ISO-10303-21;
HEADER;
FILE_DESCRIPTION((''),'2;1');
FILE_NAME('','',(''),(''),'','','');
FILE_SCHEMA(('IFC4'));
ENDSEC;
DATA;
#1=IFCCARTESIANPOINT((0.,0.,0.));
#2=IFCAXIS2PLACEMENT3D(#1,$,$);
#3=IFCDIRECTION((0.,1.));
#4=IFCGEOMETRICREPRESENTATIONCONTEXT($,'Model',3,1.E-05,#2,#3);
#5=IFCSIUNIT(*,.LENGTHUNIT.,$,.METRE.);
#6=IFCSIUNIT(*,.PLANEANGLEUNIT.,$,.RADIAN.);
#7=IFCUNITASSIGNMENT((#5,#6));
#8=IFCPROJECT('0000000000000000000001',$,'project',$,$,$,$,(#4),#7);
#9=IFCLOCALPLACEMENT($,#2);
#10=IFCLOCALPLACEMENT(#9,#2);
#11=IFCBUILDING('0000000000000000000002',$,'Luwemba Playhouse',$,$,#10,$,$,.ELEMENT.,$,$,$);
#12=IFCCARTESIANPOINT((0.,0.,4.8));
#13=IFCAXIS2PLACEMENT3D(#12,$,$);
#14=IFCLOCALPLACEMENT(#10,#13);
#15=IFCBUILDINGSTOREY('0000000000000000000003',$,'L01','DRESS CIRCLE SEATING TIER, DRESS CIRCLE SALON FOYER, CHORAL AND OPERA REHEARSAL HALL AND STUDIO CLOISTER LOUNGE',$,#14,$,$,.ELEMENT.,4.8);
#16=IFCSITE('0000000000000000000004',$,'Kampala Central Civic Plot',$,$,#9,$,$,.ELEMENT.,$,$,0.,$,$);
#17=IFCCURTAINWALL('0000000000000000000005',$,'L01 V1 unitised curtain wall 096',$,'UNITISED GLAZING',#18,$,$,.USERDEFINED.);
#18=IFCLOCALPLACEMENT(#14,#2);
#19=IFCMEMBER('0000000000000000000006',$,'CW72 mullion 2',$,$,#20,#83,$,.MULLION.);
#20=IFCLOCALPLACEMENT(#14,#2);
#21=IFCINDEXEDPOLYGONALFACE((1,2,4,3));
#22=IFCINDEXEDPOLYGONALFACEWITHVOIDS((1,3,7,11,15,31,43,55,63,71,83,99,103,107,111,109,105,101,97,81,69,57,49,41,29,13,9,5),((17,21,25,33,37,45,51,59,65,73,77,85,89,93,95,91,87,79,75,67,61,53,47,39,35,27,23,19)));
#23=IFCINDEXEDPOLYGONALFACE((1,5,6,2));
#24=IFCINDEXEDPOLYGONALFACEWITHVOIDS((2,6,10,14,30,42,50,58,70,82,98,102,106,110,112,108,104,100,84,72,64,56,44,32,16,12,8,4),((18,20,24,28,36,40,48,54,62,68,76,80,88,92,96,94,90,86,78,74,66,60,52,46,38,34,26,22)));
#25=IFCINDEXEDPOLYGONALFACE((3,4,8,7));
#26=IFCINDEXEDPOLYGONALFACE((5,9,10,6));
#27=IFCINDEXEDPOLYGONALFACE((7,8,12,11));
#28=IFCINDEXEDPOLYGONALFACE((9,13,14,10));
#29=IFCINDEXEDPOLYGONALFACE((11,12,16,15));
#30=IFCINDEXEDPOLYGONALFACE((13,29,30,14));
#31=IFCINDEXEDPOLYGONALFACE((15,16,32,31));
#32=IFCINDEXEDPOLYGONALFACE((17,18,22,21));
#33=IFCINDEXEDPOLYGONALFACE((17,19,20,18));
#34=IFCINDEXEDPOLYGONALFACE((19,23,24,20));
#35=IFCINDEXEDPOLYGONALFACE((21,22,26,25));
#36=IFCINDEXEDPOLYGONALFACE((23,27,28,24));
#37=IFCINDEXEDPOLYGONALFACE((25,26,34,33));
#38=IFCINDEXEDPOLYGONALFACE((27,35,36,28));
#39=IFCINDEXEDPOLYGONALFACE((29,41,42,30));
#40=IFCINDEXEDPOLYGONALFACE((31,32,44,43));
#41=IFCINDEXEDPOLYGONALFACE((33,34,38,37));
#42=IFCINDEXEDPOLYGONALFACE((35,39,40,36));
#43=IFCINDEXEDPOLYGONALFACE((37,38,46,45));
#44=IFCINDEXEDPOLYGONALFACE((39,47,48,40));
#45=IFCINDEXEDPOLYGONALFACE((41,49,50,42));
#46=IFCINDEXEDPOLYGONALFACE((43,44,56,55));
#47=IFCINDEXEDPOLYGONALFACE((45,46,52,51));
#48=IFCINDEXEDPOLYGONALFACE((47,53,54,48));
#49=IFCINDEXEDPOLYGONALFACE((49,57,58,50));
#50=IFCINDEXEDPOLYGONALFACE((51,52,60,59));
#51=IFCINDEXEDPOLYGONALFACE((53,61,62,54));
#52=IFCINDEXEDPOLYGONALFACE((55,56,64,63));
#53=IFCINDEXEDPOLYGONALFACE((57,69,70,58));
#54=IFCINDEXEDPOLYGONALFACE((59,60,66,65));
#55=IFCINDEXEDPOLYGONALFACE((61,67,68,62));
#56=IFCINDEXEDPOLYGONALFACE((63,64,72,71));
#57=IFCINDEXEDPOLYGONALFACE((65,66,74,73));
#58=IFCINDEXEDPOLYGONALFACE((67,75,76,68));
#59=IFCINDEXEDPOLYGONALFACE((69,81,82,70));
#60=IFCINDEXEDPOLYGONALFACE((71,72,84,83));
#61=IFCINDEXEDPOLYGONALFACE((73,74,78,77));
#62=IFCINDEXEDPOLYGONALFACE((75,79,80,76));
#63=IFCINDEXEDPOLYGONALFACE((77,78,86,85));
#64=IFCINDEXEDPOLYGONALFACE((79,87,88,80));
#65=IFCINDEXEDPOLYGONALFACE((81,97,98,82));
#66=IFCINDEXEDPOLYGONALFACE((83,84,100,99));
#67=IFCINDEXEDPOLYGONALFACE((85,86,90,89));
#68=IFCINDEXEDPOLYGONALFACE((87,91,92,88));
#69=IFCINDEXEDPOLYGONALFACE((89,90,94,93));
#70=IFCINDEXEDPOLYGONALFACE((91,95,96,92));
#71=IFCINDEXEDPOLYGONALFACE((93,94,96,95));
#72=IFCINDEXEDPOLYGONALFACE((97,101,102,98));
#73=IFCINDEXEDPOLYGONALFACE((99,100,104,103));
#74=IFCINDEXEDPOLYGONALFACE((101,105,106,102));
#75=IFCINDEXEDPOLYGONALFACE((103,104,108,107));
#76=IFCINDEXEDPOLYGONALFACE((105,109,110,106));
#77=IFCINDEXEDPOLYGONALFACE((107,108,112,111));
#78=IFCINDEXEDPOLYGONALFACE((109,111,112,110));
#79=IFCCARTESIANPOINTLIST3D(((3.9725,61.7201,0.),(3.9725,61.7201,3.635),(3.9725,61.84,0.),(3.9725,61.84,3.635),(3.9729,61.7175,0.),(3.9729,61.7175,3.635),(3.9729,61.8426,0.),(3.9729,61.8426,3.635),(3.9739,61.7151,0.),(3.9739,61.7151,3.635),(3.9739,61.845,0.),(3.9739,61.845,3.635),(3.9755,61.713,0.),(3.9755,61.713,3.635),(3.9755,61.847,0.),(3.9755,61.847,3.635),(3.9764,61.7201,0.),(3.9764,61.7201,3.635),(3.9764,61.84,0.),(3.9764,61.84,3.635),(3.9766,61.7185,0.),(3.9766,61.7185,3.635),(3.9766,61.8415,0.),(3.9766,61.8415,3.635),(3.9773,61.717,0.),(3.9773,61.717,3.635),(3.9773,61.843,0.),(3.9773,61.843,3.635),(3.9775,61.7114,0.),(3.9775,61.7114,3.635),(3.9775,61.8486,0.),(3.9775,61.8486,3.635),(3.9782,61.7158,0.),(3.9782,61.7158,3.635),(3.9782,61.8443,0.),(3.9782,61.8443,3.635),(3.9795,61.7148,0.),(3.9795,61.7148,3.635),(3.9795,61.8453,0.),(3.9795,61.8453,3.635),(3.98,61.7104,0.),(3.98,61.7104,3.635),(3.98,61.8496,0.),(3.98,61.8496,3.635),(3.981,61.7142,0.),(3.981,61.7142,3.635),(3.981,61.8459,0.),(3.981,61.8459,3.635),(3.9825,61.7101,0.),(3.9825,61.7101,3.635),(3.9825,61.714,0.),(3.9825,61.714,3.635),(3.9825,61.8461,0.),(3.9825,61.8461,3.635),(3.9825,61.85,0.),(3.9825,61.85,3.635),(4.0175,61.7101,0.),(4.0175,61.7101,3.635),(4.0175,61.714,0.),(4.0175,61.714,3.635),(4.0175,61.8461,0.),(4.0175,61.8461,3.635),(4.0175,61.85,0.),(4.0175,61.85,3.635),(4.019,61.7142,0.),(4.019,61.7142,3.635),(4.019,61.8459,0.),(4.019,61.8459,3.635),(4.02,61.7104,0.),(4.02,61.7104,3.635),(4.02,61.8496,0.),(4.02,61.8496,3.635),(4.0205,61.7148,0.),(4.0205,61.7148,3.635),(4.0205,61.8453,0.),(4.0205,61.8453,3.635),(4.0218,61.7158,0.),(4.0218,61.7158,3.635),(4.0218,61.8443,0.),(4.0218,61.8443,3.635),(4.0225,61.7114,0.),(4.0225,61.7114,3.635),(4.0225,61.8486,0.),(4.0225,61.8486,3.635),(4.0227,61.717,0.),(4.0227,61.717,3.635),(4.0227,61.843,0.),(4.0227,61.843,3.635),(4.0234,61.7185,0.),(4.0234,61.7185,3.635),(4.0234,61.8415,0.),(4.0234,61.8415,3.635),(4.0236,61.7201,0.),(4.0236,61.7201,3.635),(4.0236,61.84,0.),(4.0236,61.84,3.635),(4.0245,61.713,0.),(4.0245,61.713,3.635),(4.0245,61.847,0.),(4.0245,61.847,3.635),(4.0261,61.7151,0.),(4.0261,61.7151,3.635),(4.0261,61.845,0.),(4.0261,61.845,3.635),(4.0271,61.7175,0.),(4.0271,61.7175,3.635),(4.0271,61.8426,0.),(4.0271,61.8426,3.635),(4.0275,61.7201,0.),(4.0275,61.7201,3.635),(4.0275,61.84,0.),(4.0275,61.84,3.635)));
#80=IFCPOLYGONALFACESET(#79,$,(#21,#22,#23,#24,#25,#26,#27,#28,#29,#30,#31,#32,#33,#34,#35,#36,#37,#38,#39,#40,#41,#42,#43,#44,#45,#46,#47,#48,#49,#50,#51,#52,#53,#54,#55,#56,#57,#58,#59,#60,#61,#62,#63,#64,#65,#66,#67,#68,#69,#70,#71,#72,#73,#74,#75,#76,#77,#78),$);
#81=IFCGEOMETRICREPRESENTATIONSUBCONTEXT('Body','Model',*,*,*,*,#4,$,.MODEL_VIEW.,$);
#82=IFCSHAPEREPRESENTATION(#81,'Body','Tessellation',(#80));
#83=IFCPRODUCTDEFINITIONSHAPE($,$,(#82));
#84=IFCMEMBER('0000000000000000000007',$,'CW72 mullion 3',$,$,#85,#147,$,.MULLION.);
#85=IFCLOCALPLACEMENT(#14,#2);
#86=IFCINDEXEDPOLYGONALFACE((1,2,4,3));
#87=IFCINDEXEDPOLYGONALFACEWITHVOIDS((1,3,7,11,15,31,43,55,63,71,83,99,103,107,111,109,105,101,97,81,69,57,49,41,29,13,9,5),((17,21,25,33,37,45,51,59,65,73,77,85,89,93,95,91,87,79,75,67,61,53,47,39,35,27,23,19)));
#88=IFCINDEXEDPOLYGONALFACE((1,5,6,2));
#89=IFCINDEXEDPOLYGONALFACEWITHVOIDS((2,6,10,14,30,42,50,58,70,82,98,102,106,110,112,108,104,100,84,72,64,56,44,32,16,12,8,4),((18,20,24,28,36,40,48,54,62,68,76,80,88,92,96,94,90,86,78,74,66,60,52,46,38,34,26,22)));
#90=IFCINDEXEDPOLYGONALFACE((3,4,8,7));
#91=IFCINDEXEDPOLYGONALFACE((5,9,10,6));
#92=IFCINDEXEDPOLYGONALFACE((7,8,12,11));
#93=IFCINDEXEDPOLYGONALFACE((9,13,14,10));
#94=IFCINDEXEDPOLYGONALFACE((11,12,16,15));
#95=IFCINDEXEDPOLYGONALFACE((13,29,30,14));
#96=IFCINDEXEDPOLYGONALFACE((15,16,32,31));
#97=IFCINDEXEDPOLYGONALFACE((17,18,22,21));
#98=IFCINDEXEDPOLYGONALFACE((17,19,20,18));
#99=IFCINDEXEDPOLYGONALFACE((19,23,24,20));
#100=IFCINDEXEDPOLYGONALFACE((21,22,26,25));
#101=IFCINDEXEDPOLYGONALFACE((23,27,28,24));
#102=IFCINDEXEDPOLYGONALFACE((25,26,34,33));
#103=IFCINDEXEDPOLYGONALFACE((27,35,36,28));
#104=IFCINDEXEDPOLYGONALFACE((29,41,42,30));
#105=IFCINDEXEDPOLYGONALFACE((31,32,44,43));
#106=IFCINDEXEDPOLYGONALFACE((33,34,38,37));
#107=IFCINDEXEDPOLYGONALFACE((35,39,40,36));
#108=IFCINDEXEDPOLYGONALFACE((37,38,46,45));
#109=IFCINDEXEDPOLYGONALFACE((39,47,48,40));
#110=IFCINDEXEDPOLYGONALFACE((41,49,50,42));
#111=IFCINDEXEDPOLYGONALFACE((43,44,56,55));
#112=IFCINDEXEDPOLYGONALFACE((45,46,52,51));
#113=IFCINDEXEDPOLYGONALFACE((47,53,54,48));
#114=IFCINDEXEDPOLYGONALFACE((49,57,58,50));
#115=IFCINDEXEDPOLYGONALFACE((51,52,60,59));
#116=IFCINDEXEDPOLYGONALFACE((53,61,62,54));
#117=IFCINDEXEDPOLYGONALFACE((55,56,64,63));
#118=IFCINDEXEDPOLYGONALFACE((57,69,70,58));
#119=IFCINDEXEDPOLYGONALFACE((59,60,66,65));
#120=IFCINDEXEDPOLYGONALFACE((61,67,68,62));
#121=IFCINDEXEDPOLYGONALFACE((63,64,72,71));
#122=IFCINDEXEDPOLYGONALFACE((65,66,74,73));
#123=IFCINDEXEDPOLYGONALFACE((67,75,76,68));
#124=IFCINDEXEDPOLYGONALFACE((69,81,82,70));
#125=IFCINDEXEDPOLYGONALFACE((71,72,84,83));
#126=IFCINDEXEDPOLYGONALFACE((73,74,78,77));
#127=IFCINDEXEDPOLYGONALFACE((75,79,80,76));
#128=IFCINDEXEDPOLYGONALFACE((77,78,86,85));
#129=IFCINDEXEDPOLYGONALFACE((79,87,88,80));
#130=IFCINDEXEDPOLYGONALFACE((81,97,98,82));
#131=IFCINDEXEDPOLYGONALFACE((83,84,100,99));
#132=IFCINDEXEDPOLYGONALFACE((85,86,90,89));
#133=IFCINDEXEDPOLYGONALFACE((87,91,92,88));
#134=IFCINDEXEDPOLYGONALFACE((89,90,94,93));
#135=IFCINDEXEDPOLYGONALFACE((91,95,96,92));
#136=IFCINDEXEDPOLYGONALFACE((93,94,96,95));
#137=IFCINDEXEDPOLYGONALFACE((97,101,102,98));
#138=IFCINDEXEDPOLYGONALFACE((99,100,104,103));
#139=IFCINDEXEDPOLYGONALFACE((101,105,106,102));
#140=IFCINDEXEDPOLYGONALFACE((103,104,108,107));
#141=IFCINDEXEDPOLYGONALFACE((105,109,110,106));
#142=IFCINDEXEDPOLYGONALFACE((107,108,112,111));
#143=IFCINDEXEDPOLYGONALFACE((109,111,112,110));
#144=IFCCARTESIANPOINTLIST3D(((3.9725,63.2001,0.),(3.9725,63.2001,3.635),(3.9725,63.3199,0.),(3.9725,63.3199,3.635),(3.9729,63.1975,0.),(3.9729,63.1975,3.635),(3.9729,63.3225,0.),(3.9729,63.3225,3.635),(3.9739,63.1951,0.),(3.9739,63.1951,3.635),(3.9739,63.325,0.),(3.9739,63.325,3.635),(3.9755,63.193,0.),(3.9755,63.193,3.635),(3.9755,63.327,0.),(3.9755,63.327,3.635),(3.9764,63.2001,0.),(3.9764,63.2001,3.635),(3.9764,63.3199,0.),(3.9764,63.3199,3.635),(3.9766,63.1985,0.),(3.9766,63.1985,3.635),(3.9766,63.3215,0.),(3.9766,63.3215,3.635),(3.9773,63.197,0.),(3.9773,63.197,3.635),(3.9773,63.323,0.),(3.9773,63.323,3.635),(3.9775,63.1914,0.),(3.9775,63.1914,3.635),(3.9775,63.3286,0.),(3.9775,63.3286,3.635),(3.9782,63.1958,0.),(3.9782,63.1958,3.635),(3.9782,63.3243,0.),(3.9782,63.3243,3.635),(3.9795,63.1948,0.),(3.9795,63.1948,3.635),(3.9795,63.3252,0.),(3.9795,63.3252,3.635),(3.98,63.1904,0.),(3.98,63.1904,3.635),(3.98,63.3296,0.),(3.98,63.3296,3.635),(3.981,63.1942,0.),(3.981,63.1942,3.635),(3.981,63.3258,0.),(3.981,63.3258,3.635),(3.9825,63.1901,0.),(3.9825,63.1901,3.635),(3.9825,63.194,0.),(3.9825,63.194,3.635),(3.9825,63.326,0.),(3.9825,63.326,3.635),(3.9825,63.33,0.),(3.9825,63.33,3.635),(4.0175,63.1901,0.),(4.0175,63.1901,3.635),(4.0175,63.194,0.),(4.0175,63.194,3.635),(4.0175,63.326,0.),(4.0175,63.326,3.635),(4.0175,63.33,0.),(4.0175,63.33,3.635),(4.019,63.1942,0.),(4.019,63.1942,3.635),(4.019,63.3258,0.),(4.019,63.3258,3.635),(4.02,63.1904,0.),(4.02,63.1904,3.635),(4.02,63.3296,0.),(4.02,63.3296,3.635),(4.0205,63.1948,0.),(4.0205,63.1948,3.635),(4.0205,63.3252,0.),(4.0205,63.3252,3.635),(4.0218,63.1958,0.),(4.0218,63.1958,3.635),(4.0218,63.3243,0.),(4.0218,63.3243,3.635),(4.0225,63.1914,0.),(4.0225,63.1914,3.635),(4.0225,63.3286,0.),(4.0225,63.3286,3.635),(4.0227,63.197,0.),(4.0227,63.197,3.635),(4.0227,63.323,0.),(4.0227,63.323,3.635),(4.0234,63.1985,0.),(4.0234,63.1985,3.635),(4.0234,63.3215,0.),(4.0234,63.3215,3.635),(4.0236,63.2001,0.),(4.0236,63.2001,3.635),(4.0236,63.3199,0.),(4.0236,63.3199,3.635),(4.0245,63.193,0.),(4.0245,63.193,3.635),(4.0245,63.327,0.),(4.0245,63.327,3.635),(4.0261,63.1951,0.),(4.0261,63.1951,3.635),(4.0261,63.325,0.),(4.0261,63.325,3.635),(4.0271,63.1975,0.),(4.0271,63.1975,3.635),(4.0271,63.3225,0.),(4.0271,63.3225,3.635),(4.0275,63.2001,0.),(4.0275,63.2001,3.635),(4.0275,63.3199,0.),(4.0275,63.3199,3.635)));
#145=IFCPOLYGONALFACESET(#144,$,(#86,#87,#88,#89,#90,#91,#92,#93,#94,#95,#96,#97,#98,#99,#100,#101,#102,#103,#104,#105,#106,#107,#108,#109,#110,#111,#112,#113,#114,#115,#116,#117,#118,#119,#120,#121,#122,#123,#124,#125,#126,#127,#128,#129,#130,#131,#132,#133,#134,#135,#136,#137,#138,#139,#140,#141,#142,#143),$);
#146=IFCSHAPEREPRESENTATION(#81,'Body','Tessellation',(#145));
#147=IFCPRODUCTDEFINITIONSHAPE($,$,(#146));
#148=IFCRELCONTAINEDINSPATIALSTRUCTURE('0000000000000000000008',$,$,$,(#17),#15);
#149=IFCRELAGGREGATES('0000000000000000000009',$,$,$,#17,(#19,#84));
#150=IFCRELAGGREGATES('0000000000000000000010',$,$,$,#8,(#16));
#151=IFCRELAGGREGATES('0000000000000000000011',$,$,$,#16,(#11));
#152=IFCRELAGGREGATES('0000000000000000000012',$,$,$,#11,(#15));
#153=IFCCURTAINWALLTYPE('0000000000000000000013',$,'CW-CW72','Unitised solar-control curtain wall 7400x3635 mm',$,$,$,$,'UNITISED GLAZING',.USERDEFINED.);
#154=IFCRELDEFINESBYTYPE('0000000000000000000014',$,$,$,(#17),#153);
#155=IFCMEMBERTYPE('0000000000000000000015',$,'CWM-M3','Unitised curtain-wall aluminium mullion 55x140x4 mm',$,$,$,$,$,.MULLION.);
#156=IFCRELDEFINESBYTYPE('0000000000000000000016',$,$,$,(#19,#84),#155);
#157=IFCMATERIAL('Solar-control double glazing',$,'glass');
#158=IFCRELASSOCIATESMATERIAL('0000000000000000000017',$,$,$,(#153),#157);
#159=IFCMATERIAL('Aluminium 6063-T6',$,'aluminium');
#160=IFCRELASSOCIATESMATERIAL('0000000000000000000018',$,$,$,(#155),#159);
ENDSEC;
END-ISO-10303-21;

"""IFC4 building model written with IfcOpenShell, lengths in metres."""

from ifc_helpers import new_model, si_unit, direction, frame, origin, origin_2d, place, context, subcontext, project, spatial, hollow_rectangle, extrude, material, material_profile, profile_set, type_object, element, aggregate, save


model = new_model("IFC4")

# Units and contexts
model_context = context("Model", 3, precision=1e-05, world=origin(), true_north=direction((0.0, 1.0)))
body_context = subcontext(model_context, "Body", "Model", "MODEL_VIEW")
ifc_project = project(units=[si_unit("LENGTHUNIT", "METRE"), si_unit("PLANEANGLEUNIT", "RADIAN")], contexts=[model_context])

# Site, building, storey
site_placement = place(None, origin())
site = spatial("IfcSite", under=ifc_project, at=site_placement, Name="Kampala Central Civic Plot", CompositionType="ELEMENT", RefElevation=0.0)
building_placement = place(site_placement, origin())
building = spatial("IfcBuilding", under=site, at=building_placement, Name="Luwemba Playhouse", CompositionType="ELEMENT")
storey_placement = place(building_placement, frame((0.0, 0.0, 4.8)))
storey = spatial("IfcBuildingStorey", under=building, at=storey_placement, Name="L01", Description="DRESS CIRCLE SEATING TIER, DRESS CIRCLE SALON FOYER, CHORAL AND OPERA REHEARSAL HALL AND STUDIO CLOISTER LOUNGE", CompositionType="ELEMENT", Elevation=4.8)

# Curtain wall, members
ifc_material_1 = material(Name="Solar-control double glazing", Category="glass")
curtain_wall_type = type_object("IfcCurtainWallType", Name="CW-CW72", Description="Unitised solar-control curtain wall 7400x3635 mm", ElementType="UNITISED GLAZING", PredefinedType="USERDEFINED", material=ifc_material_1)
curtain_wall_placement = place(storey_placement, origin())
curtain_wall = element("IfcCurtainWall", 1, at=curtain_wall_placement, inside=storey, type_object=curtain_wall_type, Name="L01 V1 unitised curtain wall 096", ObjectType="UNITISED GLAZING", PredefinedType="USERDEFINED")
ifc_material_2 = material(Name="Aluminium 6063-T6", Category="aluminium")
ifc_material_profile_1 = material_profile(ifc_material_2, hollow_rectangle(XDim=0.0549, YDim=0.1399, WallThickness=0.0039, InnerFilletRadius=0.0061, OuterFilletRadius=0.01, at=origin_2d()))
ifc_profile_set_1 = profile_set([ifc_material_profile_1], Name="Aluminium 6063-T6")
member_type_1 = type_object("IfcMemberType", Name="CWM-M3", Description="Unitised curtain-wall aluminium mullion 55x140x4 mm", PredefinedType="MULLION", material=ifc_profile_set_1)
member_1_placement = place(storey_placement, frame((4.0, 61.78, 0.0), z_axis=(0.0, 0.0, 1.0), x_axis=(-1.0, 0.0, 0.0)))
member_1 = element("IfcMember", 2, at=member_1_placement, type_object=member_type_1, Name="CW72 mullion 2", PredefinedType="MULLION", context=body_context, shape_type="SweptSolid", body=[
    extrude(hollow_rectangle(XDim=0.0549, YDim=0.1399, WallThickness=0.0039, InnerFilletRadius=0.0061, OuterFilletRadius=0.01, at=origin_2d()), origin(), (0.0, 0.0, 1.0), 3.635),
])
member_2_placement = place(storey_placement, frame((4.0, 63.26, 0.0), z_axis=(0.0, 0.0, 1.0), x_axis=(-1.0, 0.0, 0.0)))
member_2 = element("IfcMember", 3, at=member_2_placement, type_object=member_type_1, Name="CW72 mullion 3", PredefinedType="MULLION", context=body_context, shape_type="SweptSolid", body=[
    extrude(hollow_rectangle(XDim=0.0549, YDim=0.1399, WallThickness=0.0039, InnerFilletRadius=0.0061, OuterFilletRadius=0.01, at=origin_2d()), origin(), (0.0, 0.0, 1.0), 3.635),
])
aggregate(curtain_wall, [member_1, member_2])

save(model, "model.ifc")
